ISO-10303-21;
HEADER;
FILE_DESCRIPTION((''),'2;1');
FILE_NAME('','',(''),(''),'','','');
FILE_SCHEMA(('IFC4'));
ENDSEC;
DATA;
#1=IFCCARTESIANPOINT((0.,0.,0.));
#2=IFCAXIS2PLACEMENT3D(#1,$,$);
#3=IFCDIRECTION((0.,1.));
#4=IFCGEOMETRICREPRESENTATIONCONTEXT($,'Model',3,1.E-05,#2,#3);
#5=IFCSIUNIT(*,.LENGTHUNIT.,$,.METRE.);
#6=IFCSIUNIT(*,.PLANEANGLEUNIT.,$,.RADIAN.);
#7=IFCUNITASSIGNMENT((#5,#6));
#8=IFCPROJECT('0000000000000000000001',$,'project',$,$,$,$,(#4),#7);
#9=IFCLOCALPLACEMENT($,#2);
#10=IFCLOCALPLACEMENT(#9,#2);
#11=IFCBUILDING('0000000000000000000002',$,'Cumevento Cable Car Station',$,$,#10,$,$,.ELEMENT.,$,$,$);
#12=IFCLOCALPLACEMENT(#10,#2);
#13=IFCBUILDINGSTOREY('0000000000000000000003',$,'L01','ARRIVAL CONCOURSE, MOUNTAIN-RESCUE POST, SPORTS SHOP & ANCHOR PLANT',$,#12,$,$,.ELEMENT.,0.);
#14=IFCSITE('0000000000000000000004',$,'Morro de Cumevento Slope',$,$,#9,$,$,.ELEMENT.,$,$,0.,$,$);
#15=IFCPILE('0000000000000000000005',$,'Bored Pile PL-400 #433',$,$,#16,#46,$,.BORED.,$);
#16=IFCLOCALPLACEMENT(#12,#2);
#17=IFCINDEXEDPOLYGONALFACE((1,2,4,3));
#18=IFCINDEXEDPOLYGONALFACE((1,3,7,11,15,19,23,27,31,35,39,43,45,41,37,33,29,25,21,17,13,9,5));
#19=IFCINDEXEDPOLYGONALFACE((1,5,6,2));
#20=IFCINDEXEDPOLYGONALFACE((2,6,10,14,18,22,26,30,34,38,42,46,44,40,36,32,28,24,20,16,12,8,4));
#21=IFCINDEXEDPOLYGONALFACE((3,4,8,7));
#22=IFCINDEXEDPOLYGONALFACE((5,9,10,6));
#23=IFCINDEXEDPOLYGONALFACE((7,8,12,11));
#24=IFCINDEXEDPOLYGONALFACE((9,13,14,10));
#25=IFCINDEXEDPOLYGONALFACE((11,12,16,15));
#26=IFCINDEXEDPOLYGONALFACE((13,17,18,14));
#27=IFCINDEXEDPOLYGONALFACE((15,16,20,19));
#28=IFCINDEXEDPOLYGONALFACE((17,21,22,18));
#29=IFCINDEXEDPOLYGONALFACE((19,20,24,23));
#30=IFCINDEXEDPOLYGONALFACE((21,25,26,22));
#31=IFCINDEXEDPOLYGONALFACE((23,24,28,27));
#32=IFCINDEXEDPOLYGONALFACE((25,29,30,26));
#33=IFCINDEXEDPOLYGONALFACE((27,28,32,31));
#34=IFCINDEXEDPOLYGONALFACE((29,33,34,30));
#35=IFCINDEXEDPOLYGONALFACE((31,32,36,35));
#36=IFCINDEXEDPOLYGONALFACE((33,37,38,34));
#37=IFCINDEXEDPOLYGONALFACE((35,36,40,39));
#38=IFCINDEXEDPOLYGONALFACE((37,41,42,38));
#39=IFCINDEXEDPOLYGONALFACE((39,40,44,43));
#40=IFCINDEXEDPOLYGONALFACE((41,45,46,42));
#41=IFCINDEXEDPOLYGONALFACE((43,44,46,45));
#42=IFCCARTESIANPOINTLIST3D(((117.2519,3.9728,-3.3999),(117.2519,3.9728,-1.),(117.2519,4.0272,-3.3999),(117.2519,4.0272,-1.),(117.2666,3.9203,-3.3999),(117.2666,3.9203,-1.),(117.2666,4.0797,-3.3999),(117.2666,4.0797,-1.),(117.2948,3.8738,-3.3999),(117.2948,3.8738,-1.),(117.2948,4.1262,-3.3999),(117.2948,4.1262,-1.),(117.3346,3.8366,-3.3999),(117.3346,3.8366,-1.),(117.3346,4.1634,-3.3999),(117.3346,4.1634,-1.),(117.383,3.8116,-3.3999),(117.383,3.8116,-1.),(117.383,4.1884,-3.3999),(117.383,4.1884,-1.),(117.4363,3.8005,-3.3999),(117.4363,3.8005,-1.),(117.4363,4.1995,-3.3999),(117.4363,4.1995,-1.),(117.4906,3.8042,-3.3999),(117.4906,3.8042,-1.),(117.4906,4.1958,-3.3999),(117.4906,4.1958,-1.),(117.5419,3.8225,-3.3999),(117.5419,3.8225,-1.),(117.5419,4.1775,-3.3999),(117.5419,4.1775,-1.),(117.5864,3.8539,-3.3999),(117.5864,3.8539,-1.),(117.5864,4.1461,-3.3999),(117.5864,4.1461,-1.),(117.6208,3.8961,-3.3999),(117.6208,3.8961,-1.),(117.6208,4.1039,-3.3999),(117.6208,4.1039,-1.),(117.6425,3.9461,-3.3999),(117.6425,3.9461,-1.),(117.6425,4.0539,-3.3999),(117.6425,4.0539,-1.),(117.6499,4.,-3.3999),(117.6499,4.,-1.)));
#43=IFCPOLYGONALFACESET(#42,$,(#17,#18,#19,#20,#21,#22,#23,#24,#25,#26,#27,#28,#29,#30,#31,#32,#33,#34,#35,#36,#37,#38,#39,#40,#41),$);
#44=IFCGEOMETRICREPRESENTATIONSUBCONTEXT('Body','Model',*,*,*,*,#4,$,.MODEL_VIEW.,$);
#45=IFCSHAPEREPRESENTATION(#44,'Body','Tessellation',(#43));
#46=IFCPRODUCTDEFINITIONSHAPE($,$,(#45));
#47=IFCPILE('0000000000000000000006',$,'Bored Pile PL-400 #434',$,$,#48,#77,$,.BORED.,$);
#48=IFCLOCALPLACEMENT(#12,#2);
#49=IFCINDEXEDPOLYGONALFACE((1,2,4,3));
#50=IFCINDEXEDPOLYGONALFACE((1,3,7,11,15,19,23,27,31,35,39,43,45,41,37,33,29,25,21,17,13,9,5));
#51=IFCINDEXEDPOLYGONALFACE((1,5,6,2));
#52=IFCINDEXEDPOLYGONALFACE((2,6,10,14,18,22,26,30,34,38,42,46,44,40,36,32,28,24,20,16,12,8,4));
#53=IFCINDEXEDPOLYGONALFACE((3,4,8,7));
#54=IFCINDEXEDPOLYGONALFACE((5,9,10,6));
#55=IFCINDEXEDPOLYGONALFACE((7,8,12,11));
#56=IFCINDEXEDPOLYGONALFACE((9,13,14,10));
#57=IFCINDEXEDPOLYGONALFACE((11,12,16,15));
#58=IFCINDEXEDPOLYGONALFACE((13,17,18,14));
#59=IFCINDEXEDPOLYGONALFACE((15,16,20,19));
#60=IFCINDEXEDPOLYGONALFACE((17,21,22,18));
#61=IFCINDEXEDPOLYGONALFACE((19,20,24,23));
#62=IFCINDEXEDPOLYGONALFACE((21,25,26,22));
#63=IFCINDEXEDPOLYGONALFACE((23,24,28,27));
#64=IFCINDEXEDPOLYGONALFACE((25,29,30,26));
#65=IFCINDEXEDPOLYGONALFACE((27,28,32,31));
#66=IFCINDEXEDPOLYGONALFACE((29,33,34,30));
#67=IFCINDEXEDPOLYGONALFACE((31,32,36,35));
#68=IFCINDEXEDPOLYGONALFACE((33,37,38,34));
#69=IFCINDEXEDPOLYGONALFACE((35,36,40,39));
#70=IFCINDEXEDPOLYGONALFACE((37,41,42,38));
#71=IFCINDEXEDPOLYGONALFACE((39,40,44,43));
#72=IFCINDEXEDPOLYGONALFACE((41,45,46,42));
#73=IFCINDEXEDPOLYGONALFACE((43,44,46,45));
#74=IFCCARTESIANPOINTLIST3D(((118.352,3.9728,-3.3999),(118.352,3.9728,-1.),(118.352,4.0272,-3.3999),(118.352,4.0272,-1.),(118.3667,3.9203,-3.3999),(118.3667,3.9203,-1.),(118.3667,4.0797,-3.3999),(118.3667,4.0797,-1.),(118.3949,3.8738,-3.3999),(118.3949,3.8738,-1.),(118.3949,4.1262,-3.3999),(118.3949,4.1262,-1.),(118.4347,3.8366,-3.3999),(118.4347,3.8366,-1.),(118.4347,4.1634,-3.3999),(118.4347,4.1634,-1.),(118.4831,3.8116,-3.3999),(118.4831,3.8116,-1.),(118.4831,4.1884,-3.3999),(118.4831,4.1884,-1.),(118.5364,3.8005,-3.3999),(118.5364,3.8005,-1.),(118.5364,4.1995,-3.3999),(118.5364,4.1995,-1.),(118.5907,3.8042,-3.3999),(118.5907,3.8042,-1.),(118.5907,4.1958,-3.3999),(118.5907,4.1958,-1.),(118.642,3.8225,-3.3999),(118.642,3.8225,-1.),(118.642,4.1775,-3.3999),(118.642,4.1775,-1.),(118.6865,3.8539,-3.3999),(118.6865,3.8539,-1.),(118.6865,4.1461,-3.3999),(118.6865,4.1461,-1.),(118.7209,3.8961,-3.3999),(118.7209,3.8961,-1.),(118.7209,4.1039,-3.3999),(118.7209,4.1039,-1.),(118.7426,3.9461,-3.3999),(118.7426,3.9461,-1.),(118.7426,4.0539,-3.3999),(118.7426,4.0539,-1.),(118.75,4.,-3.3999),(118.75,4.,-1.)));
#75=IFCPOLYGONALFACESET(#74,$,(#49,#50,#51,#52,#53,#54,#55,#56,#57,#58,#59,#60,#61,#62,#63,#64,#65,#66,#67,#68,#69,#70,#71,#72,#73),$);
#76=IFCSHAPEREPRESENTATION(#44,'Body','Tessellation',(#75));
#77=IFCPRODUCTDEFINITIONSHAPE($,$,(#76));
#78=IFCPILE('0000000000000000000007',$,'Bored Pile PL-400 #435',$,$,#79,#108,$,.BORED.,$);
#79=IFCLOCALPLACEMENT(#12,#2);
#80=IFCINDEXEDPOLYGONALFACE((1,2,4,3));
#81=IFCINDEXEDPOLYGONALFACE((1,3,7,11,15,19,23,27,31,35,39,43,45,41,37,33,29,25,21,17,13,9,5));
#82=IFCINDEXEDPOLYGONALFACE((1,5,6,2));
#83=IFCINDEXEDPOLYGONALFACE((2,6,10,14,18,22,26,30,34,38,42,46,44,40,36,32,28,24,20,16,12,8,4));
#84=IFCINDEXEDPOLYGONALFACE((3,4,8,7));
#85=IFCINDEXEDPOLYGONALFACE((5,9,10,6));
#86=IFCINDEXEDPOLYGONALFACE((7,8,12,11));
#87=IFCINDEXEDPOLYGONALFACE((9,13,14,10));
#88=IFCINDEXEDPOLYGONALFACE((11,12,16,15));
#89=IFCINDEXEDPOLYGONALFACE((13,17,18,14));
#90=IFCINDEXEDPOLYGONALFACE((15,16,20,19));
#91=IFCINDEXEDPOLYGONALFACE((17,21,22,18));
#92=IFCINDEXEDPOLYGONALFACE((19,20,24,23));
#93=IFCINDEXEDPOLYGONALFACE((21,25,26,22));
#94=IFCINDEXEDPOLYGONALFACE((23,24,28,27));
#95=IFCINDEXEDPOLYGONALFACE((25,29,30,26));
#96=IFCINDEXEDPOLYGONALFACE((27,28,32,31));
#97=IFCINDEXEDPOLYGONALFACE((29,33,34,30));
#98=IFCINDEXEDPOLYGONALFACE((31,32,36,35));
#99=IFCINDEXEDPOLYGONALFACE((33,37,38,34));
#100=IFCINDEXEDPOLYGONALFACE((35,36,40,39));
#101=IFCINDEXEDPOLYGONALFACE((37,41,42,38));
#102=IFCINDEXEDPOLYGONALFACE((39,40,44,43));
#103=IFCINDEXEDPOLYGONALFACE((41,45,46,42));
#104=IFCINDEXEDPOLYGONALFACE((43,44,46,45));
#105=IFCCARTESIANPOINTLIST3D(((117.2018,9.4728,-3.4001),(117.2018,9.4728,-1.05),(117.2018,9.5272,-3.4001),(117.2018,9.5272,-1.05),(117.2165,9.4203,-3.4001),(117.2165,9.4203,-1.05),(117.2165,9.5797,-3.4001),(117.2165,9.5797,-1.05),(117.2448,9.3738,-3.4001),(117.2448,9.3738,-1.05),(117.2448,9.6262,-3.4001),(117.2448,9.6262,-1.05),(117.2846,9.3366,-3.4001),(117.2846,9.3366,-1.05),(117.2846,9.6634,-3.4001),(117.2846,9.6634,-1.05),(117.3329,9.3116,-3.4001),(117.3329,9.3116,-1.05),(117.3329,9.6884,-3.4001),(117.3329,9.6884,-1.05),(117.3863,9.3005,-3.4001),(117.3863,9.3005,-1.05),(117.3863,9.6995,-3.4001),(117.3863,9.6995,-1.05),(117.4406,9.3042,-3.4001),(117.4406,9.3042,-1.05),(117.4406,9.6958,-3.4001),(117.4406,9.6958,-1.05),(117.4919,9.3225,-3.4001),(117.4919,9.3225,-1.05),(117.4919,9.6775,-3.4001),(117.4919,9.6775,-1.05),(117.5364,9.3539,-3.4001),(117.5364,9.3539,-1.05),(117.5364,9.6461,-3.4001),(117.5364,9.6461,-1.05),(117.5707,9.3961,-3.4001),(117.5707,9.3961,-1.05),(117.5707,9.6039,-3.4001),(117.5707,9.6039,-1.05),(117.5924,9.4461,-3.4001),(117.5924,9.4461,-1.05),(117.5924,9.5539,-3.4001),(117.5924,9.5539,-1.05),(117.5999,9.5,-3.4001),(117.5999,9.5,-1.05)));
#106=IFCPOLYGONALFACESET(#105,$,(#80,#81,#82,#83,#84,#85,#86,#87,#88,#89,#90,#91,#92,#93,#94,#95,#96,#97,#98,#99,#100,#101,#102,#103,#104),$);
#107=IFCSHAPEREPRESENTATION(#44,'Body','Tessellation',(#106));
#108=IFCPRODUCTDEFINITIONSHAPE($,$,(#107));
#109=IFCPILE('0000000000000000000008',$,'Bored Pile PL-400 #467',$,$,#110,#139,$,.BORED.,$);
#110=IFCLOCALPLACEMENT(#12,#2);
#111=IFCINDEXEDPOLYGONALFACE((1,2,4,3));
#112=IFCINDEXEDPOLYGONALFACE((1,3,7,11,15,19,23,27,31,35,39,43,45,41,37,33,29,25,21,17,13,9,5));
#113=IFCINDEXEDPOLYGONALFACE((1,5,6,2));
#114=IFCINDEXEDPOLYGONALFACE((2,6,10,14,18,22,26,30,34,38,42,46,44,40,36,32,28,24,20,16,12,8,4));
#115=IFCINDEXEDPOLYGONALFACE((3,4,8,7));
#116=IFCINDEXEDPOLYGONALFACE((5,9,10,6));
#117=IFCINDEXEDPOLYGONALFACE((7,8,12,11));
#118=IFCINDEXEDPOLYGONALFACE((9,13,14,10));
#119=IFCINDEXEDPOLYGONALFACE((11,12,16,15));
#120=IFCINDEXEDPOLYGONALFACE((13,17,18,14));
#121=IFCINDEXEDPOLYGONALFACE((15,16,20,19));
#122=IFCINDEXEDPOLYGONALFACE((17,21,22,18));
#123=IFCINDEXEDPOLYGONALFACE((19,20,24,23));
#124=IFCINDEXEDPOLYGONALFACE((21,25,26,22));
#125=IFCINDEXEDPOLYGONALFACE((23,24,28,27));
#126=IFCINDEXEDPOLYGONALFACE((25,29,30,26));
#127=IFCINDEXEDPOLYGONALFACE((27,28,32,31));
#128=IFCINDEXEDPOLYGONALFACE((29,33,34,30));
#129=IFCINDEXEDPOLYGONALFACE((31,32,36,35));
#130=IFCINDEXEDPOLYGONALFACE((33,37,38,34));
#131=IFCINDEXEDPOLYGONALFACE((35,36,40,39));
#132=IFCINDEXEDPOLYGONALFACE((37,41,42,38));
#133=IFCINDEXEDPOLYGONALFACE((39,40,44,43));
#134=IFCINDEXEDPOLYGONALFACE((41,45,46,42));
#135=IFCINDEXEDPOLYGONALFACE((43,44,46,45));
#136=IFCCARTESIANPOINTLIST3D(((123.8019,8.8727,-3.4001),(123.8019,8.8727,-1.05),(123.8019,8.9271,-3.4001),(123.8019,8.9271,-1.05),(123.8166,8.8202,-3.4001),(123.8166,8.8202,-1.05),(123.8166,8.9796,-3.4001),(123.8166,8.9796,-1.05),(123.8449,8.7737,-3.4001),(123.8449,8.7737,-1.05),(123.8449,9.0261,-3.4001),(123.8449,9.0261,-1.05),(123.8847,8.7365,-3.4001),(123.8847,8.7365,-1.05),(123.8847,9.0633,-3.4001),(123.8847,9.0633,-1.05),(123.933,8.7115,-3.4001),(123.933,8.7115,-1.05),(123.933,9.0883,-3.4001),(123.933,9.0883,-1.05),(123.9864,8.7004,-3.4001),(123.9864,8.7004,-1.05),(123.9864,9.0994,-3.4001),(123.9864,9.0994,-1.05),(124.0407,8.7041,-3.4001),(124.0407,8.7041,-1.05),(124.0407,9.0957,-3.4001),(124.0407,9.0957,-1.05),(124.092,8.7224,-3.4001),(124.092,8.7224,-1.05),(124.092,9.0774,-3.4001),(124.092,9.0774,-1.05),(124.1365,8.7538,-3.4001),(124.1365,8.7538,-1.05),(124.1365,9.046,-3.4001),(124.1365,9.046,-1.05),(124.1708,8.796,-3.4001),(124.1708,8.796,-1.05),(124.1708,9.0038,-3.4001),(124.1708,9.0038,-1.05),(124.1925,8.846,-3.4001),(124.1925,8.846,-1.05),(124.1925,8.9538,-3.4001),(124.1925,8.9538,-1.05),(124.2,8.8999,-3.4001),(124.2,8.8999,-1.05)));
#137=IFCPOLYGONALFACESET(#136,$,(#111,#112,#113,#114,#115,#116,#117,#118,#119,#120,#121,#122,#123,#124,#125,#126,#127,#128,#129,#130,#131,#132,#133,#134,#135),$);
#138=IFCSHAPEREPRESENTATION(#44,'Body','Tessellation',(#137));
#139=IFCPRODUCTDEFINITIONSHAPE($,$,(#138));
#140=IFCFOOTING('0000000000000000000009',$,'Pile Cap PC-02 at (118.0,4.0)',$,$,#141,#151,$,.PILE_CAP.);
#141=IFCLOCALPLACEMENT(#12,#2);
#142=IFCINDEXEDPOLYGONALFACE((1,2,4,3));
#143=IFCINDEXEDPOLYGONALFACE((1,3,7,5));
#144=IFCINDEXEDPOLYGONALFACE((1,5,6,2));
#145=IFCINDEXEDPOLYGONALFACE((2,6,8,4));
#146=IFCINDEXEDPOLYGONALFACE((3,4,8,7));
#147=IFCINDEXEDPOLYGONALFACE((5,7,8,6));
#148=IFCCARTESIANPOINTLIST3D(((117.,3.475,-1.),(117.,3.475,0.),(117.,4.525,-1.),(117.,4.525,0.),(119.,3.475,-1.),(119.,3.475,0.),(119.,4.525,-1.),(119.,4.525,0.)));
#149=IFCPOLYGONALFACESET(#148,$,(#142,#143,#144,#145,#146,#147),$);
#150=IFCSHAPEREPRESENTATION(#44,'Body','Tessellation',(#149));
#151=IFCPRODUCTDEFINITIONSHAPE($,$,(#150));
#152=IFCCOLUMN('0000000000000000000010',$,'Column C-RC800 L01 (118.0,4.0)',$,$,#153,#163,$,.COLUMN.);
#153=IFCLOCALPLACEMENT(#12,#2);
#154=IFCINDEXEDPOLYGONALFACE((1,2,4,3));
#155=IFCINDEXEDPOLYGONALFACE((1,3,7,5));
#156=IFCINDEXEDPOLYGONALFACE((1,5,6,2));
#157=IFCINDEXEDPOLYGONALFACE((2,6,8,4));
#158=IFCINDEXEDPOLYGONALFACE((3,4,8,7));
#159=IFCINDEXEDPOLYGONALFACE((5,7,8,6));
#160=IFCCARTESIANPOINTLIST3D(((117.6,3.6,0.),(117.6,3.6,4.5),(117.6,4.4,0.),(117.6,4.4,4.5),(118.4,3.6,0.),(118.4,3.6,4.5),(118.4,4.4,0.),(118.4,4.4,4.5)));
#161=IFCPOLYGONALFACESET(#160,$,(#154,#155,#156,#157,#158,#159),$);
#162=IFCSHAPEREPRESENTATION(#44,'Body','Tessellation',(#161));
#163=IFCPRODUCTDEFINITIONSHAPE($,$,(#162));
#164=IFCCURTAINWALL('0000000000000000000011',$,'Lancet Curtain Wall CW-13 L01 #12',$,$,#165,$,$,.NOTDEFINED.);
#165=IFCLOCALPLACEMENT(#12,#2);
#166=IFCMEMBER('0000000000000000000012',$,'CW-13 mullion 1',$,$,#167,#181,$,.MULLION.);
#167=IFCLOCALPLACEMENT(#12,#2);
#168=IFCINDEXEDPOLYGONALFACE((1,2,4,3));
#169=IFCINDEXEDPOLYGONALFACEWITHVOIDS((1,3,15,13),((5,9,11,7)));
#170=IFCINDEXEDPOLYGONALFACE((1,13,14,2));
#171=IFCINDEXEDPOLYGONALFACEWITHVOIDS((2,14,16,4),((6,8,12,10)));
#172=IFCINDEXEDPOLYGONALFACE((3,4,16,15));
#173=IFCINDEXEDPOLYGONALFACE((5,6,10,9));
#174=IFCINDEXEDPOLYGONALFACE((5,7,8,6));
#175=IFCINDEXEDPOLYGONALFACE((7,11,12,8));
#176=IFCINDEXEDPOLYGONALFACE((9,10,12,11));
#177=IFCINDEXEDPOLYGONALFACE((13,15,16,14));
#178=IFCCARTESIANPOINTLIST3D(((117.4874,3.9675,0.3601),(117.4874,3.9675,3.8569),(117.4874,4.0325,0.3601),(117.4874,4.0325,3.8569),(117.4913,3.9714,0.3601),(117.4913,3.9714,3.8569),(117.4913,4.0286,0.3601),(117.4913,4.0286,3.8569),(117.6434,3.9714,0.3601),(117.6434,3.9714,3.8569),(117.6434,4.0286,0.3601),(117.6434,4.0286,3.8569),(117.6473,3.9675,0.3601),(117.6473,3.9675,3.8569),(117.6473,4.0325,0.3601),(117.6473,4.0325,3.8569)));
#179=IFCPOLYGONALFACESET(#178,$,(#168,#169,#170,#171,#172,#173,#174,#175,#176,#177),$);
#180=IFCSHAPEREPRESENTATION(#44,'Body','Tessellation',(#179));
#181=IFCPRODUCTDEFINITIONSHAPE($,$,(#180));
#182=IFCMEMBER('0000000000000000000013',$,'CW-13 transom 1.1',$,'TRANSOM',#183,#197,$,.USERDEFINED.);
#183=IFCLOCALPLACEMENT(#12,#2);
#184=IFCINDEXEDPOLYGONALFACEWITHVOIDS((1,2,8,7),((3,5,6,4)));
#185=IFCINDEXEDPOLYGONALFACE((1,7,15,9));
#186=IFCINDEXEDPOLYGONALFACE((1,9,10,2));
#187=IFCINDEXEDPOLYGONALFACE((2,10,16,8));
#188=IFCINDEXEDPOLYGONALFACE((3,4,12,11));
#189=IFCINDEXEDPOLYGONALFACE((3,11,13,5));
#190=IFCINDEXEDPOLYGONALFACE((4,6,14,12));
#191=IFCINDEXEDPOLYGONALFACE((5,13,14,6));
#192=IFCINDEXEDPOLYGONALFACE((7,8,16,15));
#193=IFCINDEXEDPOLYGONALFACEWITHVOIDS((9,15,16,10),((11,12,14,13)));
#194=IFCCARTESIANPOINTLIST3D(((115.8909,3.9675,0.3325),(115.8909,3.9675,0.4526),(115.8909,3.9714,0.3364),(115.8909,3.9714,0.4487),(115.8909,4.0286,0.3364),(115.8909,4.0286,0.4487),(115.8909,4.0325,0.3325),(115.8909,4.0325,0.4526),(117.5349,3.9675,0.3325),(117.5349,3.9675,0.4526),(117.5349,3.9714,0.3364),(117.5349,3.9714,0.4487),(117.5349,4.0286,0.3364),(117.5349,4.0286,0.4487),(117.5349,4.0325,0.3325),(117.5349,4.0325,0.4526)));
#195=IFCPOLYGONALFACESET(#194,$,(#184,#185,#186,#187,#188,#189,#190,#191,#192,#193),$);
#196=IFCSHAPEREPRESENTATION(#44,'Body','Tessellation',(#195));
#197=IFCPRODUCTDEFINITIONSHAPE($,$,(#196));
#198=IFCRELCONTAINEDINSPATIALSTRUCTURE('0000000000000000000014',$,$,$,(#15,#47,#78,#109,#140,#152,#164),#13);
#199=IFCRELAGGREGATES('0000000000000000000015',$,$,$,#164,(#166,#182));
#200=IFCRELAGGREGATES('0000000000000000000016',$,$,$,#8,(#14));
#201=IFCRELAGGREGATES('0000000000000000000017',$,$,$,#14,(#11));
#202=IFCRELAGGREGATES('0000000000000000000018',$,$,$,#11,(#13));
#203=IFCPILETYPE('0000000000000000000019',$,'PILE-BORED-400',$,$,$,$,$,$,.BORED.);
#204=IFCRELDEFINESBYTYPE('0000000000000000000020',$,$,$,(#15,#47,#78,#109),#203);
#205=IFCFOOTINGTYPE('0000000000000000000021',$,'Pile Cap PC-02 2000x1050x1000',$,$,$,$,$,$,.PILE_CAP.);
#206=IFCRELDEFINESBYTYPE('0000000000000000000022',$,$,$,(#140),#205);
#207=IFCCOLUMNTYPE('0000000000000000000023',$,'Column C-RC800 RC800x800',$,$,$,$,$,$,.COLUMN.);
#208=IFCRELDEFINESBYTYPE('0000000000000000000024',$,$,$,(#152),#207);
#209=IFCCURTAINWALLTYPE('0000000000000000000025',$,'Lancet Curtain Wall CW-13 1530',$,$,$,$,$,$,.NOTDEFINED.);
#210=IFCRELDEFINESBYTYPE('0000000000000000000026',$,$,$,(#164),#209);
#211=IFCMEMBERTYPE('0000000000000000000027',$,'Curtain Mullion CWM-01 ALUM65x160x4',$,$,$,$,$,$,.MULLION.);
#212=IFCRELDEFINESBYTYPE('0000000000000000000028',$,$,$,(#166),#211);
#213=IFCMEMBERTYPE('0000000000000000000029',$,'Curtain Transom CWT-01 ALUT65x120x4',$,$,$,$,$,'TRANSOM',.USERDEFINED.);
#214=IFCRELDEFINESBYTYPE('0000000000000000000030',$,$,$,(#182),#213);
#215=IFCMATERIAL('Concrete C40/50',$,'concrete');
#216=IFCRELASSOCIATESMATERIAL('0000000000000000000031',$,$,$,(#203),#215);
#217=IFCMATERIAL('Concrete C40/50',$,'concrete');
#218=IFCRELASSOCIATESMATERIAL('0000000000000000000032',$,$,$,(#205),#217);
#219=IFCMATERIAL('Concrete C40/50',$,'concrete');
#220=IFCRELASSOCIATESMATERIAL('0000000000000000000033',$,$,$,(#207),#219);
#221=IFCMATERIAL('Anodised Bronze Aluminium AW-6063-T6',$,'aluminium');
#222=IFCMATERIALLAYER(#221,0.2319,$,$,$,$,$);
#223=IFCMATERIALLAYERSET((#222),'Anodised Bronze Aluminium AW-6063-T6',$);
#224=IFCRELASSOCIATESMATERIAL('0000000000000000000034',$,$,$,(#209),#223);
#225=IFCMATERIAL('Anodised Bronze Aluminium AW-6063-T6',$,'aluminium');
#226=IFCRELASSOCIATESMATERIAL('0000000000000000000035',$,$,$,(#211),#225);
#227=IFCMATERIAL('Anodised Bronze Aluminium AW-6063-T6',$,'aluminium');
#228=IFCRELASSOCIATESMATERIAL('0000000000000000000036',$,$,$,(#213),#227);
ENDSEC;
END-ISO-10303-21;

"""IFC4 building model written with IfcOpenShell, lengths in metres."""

from ifc_helpers import new_model, si_unit, direction, frame, origin, origin_2d, place, context, subcontext, project, spatial, rectangle, hollow_rectangle, circle, extrude, material, layer, layer_set, material_profile, profile_set, type_object, element, aggregate, save


model = new_model("IFC4")

# Units and contexts
model_context = context("Model", 3, precision=1e-05, world=origin(), true_north=direction((0.0, 1.0)))
body_context = subcontext(model_context, "Body", "Model", "MODEL_VIEW")
ifc_project = project(units=[si_unit("LENGTHUNIT", "METRE"), si_unit("PLANEANGLEUNIT", "RADIAN")], contexts=[model_context])

# Site, building, storey
site_placement = place(None, origin())
site = spatial("IfcSite", under=ifc_project, at=site_placement, Name="Morro de Cumevento Slope", CompositionType="ELEMENT", RefElevation=0.0)
building_placement = place(site_placement, origin())
building = spatial("IfcBuilding", under=site, at=building_placement, Name="Cumevento Cable Car Station", CompositionType="ELEMENT")
storey_placement = place(building_placement, origin())
storey = spatial("IfcBuildingStorey", under=building, at=storey_placement, Name="L01", Description="ARRIVAL CONCOURSE, MOUNTAIN-RESCUE POST, SPORTS SHOP & ANCHOR PLANT", CompositionType="ELEMENT", Elevation=0.0)

# Piles
ifc_material_1 = material(Name="Concrete C40/50", Category="concrete")
ifc_material_profile_1 = material_profile(ifc_material_1, circle(Radius=0.2, at=origin_2d()), Name="PILE-D400")
ifc_profile_set_1 = profile_set([ifc_material_profile_1], Name="Concrete C40/50")
pile_type = type_object("IfcPileType", Name="PILE-BORED-400", PredefinedType="BORED", material=ifc_profile_set_1)
for number, where, z_axis, x_axis, name in (
    (1, (117.45, 4.0, -1.0), (0.0, 0.0, -1.0), (1.0, 0.0, 0.0), "Bored Pile PL-400 #433"),
    (2, (118.55, 4.0, -1.0), (0.0, 0.0, -1.0), (1.0, 0.0, 0.0), "Bored Pile PL-400 #434"),
):
    element("IfcPile", number, at=place(storey_placement, frame(where, z_axis=z_axis, x_axis=x_axis)), inside=storey, type_object=pile_type, Name=name, PredefinedType="BORED", context=body_context, shape_type="SweptSolid", body=[
        extrude(circle(Radius=0.2, at=origin_2d()), origin(), (0.0, 0.0, 1.0), 2.3999),
    ])
for number, where, z_axis, x_axis, name in (
    (3, (117.3999, 9.5, -1.05), (0.0, 0.0, -1.0), (1.0, 0.0, 0.0), "Bored Pile PL-400 #435"),
    (4, (124.0, 8.8999, -1.05), (0.0, 0.0, -1.0), (1.0, 0.0, 0.0), "Bored Pile PL-400 #467"),
):
    element("IfcPile", number, at=place(storey_placement, frame(where, z_axis=z_axis, x_axis=x_axis)), inside=storey, type_object=pile_type, Name=name, PredefinedType="BORED", context=body_context, shape_type="SweptSolid", body=[
        extrude(circle(Radius=0.2, at=origin_2d()), origin(), (0.0, 0.0, 1.0), 2.3501),
    ])

# Footing
ifc_material_2 = material(Name="Concrete C40/50", Category="concrete")
footing_type = type_object("IfcFootingType", Name="Pile Cap PC-02 2000x1050x1000", PredefinedType="PILE_CAP", material=ifc_material_2)
footing_placement = place(storey_placement, frame((118.0, 4.0, -1.0), z_axis=(0.0, 0.0, 1.0), x_axis=(1.0, 0.0, 0.0)))
element("IfcFooting", 5, at=footing_placement, inside=storey, type_object=footing_type, Name="Pile Cap PC-02 at (118.0,4.0)", PredefinedType="PILE_CAP", context=body_context, shape_type="SweptSolid", body=[
    extrude(rectangle(XDim=2.0, YDim=1.05, at=origin_2d()), origin(), (0.0, 0.0, 1.0), 1.0),
])

# Column
ifc_material_3 = material(Name="Concrete C40/50", Category="concrete")
ifc_material_profile_2 = material_profile(ifc_material_3, rectangle(XDim=0.8, YDim=0.8, at=origin_2d()), Name="RC800x800")
ifc_profile_set_2 = profile_set([ifc_material_profile_2], Name="Concrete C40/50")
column_type = type_object("IfcColumnType", Name="Column C-RC800 RC800x800", PredefinedType="COLUMN", material=ifc_profile_set_2)
column_placement = place(storey_placement, frame((118.0, 4.0, 0.0), z_axis=(0.0, 0.0, 1.0), x_axis=(1.0, 0.0, 0.0)))
element("IfcColumn", 6, at=column_placement, inside=storey, type_object=column_type, Name="Column C-RC800 L01 (118.0,4.0)", PredefinedType="COLUMN", context=body_context, shape_type="SweptSolid", body=[
    extrude(rectangle(XDim=0.8, YDim=0.8, at=origin_2d()), origin(), (0.0, 0.0, 1.0), 4.5),
])

# Curtain wall, members
ifc_material_4 = material(Name="Anodised Bronze Aluminium AW-6063-T6", Category="aluminium")
ifc_layer_1 = layer(ifc_material_4, 0.2319)
ifc_layer_set_1 = layer_set([ifc_layer_1], Name="Anodised Bronze Aluminium AW-6063-T6")
curtain_wall_type = type_object("IfcCurtainWallType", Name="Lancet Curtain Wall CW-13 1530", PredefinedType="NOTDEFINED", material=ifc_layer_set_1)
curtain_wall_placement = place(storey_placement, origin())
curtain_wall = element("IfcCurtainWall", 7, at=curtain_wall_placement, inside=storey, type_object=curtain_wall_type, Name="Lancet Curtain Wall CW-13 L01 #12", PredefinedType="NOTDEFINED")
ifc_material_5 = material(Name="Anodised Bronze Aluminium AW-6063-T6", Category="aluminium")
ifc_material_profile_3 = material_profile(ifc_material_5, hollow_rectangle(XDim=0.0649, YDim=0.1599, WallThickness=0.0039, at=origin_2d()), Name="ALUM65x160x4")
ifc_profile_set_3 = profile_set([ifc_material_profile_3], Name="Anodised Bronze Aluminium AW-6063-T6")
member_type_1 = type_object("IfcMemberType", Name="Curtain Mullion CWM-01 ALUM65x160x4", PredefinedType="MULLION", material=ifc_profile_set_3)
member_1_placement = place(storey_placement, frame((117.5674, 4.0, 0.3601), z_axis=(0.0, 0.0, 1.0), x_axis=(0.0, -1.0, 0.0)))
member_1 = element("IfcMember", 8, at=member_1_placement, type_object=member_type_1, Name="CW-13 mullion 1", PredefinedType="MULLION", context=body_context, shape_type="SweptSolid", body=[
    extrude(hollow_rectangle(XDim=0.0649, YDim=0.1599, WallThickness=0.0039, at=origin_2d()), origin(), (0.0, 0.0, 1.0), 3.4968),
])
ifc_material_6 = material(Name="Anodised Bronze Aluminium AW-6063-T6", Category="aluminium")
ifc_material_profile_4 = material_profile(ifc_material_6, hollow_rectangle(XDim=0.0649, YDim=0.1201, WallThickness=0.0039, at=origin_2d()), Name="ALUT65x120x4")
ifc_profile_set_4 = profile_set([ifc_material_profile_4], Name="Anodised Bronze Aluminium AW-6063-T6")
member_type_2 = type_object("IfcMemberType", Name="Curtain Transom CWT-01 ALUT65x120x4", ElementType="TRANSOM", PredefinedType="USERDEFINED", material=ifc_profile_set_4)
member_2_placement = place(storey_placement, frame((117.5349, 4.0, 0.3926), z_axis=(-1.0, 0.0, 0.0), x_axis=(0.0, -1.0, 0.0)))
member_2 = element("IfcMember", 9, at=member_2_placement, type_object=member_type_2, Name="CW-13 transom 1.1", ObjectType="TRANSOM", PredefinedType="USERDEFINED", context=body_context, shape_type="SweptSolid", body=[
    extrude(hollow_rectangle(XDim=0.0649, YDim=0.1201, WallThickness=0.0039, at=origin_2d()), origin(), (0.0, 0.0, 1.0), 1.644),
])
aggregate(curtain_wall, [member_1, member_2])

save(model, "model.ifc")
